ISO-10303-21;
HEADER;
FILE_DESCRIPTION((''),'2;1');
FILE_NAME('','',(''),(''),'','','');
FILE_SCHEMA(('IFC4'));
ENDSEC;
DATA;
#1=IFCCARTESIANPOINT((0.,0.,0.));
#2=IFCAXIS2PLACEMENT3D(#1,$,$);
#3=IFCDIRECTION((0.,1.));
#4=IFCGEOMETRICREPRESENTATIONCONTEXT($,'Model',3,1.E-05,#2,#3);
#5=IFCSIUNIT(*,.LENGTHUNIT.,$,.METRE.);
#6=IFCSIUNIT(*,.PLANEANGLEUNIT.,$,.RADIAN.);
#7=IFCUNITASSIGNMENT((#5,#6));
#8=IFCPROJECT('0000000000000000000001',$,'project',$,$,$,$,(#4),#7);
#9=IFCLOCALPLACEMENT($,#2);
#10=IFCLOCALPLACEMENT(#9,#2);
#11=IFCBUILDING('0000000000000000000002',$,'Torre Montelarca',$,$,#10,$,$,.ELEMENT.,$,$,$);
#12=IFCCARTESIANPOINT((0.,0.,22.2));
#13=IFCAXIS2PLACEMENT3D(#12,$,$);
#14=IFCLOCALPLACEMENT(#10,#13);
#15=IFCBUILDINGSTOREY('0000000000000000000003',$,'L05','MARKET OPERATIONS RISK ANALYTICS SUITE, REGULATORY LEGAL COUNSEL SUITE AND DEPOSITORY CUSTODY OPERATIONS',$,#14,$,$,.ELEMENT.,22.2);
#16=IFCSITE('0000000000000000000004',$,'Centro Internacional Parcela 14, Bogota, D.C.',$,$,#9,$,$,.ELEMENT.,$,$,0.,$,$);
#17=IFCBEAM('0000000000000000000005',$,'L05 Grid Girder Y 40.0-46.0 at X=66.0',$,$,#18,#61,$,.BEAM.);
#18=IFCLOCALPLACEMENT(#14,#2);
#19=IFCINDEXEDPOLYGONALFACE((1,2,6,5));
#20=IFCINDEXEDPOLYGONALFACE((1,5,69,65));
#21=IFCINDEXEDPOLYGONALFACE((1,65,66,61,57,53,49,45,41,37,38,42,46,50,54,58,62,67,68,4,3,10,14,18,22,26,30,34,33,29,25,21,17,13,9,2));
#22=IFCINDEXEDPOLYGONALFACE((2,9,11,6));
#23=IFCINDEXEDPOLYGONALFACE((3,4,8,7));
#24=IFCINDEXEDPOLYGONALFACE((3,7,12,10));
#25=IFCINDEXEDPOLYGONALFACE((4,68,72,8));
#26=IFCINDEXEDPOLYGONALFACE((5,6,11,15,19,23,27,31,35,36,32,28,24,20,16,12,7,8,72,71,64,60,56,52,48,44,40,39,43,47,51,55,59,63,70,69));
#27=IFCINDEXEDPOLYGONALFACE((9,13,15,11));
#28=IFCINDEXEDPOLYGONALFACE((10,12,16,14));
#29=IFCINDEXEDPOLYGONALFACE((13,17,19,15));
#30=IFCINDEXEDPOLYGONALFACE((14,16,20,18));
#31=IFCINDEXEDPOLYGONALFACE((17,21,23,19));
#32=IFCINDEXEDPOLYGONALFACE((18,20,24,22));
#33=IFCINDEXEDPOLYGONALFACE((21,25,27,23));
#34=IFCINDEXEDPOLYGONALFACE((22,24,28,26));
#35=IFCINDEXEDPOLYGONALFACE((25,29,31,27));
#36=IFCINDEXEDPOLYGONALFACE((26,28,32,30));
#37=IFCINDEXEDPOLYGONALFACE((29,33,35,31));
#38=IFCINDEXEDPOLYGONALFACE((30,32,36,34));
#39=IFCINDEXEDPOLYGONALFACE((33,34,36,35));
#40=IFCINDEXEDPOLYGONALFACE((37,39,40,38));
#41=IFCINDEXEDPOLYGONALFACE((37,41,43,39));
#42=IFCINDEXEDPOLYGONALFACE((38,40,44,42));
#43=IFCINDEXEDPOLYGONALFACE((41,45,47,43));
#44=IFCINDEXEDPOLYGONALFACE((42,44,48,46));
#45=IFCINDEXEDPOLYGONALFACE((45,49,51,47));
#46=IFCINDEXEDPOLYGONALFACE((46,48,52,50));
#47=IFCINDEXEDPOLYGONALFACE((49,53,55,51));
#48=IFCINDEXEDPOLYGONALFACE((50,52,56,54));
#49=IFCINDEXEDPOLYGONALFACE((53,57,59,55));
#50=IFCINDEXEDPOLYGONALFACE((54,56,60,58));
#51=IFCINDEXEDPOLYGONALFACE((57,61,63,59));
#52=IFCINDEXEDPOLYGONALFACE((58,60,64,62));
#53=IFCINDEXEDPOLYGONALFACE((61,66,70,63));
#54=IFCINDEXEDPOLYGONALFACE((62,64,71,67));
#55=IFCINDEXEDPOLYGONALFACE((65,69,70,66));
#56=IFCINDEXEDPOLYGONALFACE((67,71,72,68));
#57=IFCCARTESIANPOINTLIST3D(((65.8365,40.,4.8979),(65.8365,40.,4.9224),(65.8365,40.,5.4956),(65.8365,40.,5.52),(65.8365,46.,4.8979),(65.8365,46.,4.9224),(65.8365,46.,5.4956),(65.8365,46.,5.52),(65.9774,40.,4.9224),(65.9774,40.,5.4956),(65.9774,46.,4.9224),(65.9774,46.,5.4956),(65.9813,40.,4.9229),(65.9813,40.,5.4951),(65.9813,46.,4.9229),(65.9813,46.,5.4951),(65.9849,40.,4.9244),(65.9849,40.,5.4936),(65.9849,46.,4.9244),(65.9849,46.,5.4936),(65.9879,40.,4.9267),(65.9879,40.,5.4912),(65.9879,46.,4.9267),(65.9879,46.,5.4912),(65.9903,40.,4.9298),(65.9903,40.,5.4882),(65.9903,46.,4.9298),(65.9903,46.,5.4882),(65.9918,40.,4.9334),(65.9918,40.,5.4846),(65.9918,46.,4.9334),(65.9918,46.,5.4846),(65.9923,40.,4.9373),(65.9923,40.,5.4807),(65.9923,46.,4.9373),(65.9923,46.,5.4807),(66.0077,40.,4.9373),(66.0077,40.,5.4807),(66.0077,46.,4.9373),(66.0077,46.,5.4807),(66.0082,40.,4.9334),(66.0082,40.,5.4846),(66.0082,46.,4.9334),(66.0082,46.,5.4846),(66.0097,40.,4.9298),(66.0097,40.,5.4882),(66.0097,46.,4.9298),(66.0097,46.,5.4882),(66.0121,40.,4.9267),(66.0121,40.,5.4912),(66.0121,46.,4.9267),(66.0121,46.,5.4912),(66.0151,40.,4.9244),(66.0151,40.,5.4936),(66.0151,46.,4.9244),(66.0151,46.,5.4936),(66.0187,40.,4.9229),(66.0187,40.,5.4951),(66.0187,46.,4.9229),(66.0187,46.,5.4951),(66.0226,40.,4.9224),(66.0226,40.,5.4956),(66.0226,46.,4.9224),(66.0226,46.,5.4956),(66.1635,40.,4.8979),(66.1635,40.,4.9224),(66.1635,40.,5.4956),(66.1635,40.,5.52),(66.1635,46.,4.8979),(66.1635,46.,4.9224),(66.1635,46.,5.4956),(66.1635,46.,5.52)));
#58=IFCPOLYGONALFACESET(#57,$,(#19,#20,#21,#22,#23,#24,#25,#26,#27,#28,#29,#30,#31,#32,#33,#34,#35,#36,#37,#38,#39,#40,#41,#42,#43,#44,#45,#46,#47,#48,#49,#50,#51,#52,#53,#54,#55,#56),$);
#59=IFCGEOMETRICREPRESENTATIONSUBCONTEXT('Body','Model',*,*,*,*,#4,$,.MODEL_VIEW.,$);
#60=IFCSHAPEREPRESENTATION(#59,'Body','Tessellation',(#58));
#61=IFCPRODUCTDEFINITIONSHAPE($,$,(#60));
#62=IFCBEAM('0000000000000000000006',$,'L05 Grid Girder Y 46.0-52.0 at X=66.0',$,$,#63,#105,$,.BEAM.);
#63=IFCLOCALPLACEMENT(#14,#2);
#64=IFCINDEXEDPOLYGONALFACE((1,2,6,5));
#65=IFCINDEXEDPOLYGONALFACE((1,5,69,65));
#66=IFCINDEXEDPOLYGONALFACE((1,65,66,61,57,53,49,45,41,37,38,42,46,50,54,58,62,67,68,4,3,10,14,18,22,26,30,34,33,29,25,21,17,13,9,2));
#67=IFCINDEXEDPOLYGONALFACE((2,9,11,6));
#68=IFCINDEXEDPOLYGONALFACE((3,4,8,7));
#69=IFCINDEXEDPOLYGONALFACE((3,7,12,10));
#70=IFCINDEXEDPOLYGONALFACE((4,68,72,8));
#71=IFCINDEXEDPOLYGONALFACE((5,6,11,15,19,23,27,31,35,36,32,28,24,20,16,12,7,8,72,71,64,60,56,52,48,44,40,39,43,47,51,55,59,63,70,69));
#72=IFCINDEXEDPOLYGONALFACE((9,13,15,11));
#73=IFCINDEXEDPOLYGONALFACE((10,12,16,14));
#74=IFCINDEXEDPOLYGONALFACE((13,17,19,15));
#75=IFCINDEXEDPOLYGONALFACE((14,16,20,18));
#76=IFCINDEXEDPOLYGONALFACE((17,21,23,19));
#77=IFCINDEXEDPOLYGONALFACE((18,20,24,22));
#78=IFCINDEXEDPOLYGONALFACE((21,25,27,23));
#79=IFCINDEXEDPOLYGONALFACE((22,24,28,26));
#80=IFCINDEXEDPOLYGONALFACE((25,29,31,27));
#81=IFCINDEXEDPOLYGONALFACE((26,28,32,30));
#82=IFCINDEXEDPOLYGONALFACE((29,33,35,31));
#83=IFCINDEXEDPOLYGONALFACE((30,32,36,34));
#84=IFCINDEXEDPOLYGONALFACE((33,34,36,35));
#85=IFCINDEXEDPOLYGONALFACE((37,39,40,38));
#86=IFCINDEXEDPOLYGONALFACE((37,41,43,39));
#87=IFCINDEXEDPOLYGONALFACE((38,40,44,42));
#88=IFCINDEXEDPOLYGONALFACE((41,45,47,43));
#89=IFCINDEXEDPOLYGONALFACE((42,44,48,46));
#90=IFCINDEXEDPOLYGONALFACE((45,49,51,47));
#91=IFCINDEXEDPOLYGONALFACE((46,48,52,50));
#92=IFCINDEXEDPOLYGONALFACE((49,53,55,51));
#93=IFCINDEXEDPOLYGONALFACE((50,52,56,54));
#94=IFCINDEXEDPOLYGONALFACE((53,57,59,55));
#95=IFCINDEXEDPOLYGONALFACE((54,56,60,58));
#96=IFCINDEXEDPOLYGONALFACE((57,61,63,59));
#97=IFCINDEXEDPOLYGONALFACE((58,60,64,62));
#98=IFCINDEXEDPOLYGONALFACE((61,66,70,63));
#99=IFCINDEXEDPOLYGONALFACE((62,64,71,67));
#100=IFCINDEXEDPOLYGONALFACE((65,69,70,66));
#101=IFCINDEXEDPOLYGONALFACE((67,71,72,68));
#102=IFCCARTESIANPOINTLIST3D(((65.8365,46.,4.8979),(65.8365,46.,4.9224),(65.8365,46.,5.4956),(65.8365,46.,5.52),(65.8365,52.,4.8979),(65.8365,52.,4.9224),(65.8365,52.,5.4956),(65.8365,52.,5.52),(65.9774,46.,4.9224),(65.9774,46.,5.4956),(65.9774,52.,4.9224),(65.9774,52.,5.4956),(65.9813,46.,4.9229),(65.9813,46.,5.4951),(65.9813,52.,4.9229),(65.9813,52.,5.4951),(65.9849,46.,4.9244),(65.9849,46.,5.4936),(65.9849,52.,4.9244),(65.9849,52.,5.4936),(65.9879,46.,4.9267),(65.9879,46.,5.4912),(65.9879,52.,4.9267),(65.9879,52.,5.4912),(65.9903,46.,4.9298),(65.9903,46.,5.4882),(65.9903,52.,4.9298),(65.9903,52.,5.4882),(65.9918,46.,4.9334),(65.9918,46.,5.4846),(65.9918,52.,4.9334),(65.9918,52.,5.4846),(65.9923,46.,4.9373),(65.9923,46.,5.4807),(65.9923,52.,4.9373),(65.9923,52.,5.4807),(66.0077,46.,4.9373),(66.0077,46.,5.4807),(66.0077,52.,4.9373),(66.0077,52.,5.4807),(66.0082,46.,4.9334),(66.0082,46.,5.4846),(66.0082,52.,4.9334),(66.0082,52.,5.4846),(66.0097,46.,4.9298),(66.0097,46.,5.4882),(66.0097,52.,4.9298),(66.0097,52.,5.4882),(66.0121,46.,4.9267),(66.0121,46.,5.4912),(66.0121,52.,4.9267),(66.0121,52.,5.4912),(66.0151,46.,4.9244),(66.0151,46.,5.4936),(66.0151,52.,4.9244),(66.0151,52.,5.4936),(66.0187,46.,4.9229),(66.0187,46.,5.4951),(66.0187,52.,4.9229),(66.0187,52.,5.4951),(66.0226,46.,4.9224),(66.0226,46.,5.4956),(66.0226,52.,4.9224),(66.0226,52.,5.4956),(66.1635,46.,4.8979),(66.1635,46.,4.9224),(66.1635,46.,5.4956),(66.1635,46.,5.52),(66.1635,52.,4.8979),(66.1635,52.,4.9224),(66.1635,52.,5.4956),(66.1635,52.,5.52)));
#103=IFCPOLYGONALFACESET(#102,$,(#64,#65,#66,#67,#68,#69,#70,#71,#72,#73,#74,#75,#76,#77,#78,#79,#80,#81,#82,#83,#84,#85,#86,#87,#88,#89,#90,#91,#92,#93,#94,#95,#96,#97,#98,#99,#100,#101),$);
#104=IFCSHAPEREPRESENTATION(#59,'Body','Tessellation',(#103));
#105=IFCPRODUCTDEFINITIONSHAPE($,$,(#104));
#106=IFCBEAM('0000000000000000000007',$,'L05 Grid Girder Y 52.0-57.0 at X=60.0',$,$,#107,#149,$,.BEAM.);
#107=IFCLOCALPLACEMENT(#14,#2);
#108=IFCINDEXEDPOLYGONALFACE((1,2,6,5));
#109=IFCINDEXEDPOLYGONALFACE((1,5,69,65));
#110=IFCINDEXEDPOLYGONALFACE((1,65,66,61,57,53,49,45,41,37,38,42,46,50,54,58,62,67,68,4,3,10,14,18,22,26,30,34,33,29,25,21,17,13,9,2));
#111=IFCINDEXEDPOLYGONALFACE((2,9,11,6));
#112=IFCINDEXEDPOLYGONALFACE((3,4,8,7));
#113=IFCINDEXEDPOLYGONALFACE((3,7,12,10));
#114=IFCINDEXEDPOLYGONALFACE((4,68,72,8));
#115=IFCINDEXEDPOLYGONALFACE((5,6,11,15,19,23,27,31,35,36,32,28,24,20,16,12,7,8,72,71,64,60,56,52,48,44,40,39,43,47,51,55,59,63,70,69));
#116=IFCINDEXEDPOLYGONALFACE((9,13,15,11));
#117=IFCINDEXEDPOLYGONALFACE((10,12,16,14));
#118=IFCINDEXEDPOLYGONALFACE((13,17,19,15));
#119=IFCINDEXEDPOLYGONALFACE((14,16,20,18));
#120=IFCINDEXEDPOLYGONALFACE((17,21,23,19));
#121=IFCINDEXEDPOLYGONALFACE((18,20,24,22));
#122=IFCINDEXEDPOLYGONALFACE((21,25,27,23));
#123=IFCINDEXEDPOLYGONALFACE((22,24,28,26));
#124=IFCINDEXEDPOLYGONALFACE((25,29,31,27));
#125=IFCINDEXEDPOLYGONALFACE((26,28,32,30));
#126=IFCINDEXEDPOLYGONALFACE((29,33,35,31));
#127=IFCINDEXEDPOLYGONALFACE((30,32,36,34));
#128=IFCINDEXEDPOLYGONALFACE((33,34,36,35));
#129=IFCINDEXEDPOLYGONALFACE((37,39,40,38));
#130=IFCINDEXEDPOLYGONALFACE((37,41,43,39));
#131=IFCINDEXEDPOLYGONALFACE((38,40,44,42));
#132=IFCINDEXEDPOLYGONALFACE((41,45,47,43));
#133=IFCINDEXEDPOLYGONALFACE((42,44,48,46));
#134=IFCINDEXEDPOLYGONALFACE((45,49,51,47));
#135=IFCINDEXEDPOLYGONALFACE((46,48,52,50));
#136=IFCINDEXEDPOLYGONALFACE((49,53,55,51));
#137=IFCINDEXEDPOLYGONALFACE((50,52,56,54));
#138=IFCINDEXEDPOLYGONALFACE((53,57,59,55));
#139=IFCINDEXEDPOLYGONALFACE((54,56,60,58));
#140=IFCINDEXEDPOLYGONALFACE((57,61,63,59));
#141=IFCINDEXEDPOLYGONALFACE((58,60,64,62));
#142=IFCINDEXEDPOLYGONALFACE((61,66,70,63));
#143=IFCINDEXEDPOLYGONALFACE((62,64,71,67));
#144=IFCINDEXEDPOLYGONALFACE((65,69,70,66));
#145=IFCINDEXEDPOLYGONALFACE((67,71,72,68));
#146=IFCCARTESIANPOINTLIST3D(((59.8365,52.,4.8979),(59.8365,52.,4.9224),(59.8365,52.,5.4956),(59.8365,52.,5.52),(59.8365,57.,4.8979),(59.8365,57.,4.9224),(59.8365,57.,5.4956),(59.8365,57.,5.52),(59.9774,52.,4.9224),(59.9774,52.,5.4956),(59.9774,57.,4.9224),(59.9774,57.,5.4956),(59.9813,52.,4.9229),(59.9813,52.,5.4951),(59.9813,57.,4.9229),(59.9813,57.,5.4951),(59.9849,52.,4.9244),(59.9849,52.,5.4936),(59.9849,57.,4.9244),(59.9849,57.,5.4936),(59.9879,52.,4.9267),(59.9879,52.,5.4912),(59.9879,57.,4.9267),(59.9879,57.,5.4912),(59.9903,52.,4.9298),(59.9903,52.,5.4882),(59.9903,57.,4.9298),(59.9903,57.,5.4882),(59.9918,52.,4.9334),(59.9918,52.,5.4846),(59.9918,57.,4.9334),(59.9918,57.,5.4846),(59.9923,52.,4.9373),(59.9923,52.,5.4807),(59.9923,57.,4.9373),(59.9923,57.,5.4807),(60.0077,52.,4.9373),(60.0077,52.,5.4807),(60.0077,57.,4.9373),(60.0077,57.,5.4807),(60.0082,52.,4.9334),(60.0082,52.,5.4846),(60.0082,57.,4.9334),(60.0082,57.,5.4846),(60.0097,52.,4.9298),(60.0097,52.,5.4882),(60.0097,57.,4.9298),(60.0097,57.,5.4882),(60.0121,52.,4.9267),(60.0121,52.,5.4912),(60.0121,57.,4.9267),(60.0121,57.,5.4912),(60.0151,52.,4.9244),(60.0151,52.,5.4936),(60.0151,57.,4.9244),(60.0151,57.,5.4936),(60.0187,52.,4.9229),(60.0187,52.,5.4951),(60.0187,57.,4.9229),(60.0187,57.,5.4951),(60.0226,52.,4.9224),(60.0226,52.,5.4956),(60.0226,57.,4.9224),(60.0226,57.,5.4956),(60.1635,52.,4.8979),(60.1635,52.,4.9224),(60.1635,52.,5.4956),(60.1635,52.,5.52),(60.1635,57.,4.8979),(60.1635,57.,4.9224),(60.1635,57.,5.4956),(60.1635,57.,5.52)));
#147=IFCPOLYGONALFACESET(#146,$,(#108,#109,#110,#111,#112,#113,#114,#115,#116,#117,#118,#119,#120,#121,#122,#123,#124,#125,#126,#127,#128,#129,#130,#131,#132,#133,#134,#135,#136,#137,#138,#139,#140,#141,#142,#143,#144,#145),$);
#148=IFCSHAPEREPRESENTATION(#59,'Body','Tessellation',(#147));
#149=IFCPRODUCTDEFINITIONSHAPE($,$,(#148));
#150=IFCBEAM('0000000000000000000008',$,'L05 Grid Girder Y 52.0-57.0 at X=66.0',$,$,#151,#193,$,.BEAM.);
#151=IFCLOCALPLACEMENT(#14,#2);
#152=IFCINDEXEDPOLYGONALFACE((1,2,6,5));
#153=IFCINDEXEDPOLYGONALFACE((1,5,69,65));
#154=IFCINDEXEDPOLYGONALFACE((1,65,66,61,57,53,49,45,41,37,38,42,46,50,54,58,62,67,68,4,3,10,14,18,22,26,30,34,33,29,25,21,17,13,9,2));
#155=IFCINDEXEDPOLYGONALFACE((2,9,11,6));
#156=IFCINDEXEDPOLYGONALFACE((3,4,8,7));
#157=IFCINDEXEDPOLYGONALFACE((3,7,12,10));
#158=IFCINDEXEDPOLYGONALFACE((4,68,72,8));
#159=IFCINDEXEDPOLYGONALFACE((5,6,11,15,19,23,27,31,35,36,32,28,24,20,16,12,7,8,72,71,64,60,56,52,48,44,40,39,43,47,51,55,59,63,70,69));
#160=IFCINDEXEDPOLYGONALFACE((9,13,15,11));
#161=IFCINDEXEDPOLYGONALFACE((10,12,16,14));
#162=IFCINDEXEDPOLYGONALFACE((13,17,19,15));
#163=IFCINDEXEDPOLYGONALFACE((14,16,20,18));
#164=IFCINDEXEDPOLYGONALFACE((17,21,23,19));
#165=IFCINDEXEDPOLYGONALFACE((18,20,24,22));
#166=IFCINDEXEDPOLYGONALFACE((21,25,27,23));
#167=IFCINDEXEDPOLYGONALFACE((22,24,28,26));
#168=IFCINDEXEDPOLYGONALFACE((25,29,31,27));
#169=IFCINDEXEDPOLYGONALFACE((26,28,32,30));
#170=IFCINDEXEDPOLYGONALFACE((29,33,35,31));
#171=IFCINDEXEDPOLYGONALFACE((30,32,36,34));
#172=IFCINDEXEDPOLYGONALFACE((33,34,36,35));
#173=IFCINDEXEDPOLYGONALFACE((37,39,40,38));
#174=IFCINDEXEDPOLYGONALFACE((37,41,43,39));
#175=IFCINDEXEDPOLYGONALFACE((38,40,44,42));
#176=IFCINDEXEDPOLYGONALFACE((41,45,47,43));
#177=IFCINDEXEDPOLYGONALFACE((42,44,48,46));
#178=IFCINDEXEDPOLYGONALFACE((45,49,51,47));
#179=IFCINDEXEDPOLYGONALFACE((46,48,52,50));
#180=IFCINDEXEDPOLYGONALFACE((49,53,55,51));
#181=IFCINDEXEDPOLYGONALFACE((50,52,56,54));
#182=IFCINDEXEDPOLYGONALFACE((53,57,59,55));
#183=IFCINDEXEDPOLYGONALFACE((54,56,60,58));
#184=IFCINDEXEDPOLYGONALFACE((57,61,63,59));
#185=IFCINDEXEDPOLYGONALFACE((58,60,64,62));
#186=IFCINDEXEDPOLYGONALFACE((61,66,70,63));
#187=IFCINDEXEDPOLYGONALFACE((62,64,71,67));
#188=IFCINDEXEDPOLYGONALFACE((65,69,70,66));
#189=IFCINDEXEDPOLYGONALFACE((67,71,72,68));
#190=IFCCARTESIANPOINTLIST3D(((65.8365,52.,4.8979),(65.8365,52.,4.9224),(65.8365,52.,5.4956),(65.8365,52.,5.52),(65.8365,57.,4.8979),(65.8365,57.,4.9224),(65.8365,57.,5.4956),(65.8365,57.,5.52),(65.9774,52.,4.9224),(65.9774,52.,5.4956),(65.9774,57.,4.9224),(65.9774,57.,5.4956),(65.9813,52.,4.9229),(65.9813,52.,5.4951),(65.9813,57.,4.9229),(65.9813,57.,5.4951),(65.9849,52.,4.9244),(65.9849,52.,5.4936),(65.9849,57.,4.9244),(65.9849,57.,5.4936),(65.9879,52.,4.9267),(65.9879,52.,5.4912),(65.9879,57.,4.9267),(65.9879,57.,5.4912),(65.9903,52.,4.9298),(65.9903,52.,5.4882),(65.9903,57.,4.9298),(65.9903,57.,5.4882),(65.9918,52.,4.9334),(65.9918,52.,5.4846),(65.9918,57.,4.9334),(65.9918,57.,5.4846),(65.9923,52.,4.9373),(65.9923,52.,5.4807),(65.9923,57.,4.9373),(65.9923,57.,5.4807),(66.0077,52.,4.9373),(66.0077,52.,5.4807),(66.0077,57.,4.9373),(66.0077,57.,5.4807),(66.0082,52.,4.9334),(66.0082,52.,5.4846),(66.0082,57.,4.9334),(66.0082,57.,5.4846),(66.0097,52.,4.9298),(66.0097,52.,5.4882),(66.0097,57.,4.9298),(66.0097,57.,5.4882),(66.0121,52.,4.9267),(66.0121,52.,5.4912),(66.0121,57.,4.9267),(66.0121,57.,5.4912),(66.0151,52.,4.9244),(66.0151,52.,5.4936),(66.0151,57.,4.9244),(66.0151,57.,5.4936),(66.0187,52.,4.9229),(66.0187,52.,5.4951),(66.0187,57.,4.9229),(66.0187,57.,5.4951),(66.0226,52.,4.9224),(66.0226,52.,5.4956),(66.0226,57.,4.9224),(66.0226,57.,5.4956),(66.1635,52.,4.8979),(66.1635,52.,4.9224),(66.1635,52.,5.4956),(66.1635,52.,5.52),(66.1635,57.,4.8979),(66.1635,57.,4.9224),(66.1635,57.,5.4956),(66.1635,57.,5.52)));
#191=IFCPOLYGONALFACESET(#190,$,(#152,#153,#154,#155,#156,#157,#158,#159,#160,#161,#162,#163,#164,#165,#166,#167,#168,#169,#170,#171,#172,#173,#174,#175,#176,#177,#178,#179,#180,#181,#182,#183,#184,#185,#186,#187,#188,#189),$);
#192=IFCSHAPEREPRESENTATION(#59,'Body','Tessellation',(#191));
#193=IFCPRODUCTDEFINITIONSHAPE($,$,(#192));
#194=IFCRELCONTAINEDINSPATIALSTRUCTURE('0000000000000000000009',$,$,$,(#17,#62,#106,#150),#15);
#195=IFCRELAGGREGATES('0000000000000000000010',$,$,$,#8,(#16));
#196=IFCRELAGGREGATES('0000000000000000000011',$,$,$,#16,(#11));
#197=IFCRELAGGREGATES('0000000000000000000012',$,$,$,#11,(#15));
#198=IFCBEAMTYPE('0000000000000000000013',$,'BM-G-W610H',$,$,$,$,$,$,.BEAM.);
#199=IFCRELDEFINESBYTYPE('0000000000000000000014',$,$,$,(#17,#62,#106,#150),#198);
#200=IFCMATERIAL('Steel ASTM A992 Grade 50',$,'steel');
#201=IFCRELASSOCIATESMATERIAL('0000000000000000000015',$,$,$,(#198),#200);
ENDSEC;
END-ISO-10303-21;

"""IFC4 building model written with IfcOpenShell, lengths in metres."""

from ifc_helpers import new_model, si_unit, direction, frame, origin, origin_2d, place, context, subcontext, project, spatial, i_section, extrude, source, transform, mapped, material, material_profile, profile_set, type_object, element, save


model = new_model("IFC4")

# Units and contexts
model_context = context("Model", 3, precision=1e-05, world=origin(), true_north=direction((0.0, 1.0)))
body_context = subcontext(model_context, "Body", "Model", "MODEL_VIEW")
ifc_project = project(units=[si_unit("LENGTHUNIT", "METRE"), si_unit("PLANEANGLEUNIT", "RADIAN")], contexts=[model_context])

# Site, building, storey
site_placement = place(None, origin())
site = spatial("IfcSite", under=ifc_project, at=site_placement, Name="Centro Internacional Parcela 14, Bogota, D.C.", CompositionType="ELEMENT", RefElevation=0.0)
building_placement = place(site_placement, origin())
building = spatial("IfcBuilding", under=site, at=building_placement, Name="Torre Montelarca", CompositionType="ELEMENT")
storey_placement = place(building_placement, frame((0.0, 0.0, 22.2)))
storey = spatial("IfcBuildingStorey", under=building, at=storey_placement, Name="L05", Description="MARKET OPERATIONS RISK ANALYTICS SUITE, REGULATORY LEGAL COUNSEL SUITE AND DEPOSITORY CUSTODY OPERATIONS", CompositionType="ELEMENT", Elevation=22.2)

# Shared definitions
ifc_material_1 = material(Name="Steel ASTM A992 Grade 50", Category="steel")

# Beams
ifc_material_profile_1 = material_profile(ifc_material_1, i_section(OverallWidth=0.3269, OverallDepth=0.6221, WebThickness=0.0154, FlangeThickness=0.0244, FilletRadius=0.0149, at=origin_2d()), Name="W610X195", Category="steel")
ifc_profile_set_1 = profile_set([ifc_material_profile_1], Name="Steel ASTM A992 Grade 50")
beam_type_1 = type_object("IfcBeamType", Name="BM-G-W610H", PredefinedType="BEAM", material=ifc_profile_set_1)
shared_shape_1 = source(origin(), body_context, "Body", "SweptSolid", [
    extrude(i_section(OverallWidth=0.3269, OverallDepth=0.6221, WebThickness=0.0154, FlangeThickness=0.0244, FilletRadius=0.0149, at=origin_2d()), origin(), (0.0, 0.0, 1.0), 6.0),
])
for number, where, z_axis, x_axis, name in (
    (1, (66.0, 40.0, 5.209), (0.0, 1.0, 0.0), (-1.0, 0.0, 0.0), "L05 Grid Girder Y 40.0-46.0 at X=66.0"),
    (2, (66.0, 46.0, 5.209), (0.0, 1.0, 0.0), (-1.0, 0.0, 0.0), "L05 Grid Girder Y 46.0-52.0 at X=66.0"),
):
    element("IfcBeam", number, at=place(storey_placement, frame(where, z_axis=z_axis, x_axis=x_axis)), inside=storey, type_object=beam_type_1, Name=name, PredefinedType="BEAM", context=body_context, shape_type="MappedRepresentation", body=[
        mapped(shared_shape_1, transform((0.0, 0.0, 0.0), scale=1.0)),
    ])
shared_shape_2 = source(origin(), body_context, "Body", "SweptSolid", [
    extrude(i_section(OverallWidth=0.3269, OverallDepth=0.6221, WebThickness=0.0154, FlangeThickness=0.0244, FilletRadius=0.0149, at=origin_2d()), origin(), (0.0, 0.0, 1.0), 5.0),
])
for number, where, z_axis, x_axis, name in (
    (3, (60.0, 52.0, 5.209), (0.0, 1.0, 0.0), (-1.0, 0.0, 0.0), "L05 Grid Girder Y 52.0-57.0 at X=60.0"),
    (4, (66.0, 52.0, 5.209), (0.0, 1.0, 0.0), (-1.0, 0.0, 0.0), "L05 Grid Girder Y 52.0-57.0 at X=66.0"),
):
    element("IfcBeam", number, at=place(storey_placement, frame(where, z_axis=z_axis, x_axis=x_axis)), inside=storey, type_object=beam_type_1, Name=name, PredefinedType="BEAM", context=body_context, shape_type="MappedRepresentation", body=[
        mapped(shared_shape_2, transform((0.0, 0.0, 0.0), scale=1.0)),
    ])

save(model, "model.ifc")
